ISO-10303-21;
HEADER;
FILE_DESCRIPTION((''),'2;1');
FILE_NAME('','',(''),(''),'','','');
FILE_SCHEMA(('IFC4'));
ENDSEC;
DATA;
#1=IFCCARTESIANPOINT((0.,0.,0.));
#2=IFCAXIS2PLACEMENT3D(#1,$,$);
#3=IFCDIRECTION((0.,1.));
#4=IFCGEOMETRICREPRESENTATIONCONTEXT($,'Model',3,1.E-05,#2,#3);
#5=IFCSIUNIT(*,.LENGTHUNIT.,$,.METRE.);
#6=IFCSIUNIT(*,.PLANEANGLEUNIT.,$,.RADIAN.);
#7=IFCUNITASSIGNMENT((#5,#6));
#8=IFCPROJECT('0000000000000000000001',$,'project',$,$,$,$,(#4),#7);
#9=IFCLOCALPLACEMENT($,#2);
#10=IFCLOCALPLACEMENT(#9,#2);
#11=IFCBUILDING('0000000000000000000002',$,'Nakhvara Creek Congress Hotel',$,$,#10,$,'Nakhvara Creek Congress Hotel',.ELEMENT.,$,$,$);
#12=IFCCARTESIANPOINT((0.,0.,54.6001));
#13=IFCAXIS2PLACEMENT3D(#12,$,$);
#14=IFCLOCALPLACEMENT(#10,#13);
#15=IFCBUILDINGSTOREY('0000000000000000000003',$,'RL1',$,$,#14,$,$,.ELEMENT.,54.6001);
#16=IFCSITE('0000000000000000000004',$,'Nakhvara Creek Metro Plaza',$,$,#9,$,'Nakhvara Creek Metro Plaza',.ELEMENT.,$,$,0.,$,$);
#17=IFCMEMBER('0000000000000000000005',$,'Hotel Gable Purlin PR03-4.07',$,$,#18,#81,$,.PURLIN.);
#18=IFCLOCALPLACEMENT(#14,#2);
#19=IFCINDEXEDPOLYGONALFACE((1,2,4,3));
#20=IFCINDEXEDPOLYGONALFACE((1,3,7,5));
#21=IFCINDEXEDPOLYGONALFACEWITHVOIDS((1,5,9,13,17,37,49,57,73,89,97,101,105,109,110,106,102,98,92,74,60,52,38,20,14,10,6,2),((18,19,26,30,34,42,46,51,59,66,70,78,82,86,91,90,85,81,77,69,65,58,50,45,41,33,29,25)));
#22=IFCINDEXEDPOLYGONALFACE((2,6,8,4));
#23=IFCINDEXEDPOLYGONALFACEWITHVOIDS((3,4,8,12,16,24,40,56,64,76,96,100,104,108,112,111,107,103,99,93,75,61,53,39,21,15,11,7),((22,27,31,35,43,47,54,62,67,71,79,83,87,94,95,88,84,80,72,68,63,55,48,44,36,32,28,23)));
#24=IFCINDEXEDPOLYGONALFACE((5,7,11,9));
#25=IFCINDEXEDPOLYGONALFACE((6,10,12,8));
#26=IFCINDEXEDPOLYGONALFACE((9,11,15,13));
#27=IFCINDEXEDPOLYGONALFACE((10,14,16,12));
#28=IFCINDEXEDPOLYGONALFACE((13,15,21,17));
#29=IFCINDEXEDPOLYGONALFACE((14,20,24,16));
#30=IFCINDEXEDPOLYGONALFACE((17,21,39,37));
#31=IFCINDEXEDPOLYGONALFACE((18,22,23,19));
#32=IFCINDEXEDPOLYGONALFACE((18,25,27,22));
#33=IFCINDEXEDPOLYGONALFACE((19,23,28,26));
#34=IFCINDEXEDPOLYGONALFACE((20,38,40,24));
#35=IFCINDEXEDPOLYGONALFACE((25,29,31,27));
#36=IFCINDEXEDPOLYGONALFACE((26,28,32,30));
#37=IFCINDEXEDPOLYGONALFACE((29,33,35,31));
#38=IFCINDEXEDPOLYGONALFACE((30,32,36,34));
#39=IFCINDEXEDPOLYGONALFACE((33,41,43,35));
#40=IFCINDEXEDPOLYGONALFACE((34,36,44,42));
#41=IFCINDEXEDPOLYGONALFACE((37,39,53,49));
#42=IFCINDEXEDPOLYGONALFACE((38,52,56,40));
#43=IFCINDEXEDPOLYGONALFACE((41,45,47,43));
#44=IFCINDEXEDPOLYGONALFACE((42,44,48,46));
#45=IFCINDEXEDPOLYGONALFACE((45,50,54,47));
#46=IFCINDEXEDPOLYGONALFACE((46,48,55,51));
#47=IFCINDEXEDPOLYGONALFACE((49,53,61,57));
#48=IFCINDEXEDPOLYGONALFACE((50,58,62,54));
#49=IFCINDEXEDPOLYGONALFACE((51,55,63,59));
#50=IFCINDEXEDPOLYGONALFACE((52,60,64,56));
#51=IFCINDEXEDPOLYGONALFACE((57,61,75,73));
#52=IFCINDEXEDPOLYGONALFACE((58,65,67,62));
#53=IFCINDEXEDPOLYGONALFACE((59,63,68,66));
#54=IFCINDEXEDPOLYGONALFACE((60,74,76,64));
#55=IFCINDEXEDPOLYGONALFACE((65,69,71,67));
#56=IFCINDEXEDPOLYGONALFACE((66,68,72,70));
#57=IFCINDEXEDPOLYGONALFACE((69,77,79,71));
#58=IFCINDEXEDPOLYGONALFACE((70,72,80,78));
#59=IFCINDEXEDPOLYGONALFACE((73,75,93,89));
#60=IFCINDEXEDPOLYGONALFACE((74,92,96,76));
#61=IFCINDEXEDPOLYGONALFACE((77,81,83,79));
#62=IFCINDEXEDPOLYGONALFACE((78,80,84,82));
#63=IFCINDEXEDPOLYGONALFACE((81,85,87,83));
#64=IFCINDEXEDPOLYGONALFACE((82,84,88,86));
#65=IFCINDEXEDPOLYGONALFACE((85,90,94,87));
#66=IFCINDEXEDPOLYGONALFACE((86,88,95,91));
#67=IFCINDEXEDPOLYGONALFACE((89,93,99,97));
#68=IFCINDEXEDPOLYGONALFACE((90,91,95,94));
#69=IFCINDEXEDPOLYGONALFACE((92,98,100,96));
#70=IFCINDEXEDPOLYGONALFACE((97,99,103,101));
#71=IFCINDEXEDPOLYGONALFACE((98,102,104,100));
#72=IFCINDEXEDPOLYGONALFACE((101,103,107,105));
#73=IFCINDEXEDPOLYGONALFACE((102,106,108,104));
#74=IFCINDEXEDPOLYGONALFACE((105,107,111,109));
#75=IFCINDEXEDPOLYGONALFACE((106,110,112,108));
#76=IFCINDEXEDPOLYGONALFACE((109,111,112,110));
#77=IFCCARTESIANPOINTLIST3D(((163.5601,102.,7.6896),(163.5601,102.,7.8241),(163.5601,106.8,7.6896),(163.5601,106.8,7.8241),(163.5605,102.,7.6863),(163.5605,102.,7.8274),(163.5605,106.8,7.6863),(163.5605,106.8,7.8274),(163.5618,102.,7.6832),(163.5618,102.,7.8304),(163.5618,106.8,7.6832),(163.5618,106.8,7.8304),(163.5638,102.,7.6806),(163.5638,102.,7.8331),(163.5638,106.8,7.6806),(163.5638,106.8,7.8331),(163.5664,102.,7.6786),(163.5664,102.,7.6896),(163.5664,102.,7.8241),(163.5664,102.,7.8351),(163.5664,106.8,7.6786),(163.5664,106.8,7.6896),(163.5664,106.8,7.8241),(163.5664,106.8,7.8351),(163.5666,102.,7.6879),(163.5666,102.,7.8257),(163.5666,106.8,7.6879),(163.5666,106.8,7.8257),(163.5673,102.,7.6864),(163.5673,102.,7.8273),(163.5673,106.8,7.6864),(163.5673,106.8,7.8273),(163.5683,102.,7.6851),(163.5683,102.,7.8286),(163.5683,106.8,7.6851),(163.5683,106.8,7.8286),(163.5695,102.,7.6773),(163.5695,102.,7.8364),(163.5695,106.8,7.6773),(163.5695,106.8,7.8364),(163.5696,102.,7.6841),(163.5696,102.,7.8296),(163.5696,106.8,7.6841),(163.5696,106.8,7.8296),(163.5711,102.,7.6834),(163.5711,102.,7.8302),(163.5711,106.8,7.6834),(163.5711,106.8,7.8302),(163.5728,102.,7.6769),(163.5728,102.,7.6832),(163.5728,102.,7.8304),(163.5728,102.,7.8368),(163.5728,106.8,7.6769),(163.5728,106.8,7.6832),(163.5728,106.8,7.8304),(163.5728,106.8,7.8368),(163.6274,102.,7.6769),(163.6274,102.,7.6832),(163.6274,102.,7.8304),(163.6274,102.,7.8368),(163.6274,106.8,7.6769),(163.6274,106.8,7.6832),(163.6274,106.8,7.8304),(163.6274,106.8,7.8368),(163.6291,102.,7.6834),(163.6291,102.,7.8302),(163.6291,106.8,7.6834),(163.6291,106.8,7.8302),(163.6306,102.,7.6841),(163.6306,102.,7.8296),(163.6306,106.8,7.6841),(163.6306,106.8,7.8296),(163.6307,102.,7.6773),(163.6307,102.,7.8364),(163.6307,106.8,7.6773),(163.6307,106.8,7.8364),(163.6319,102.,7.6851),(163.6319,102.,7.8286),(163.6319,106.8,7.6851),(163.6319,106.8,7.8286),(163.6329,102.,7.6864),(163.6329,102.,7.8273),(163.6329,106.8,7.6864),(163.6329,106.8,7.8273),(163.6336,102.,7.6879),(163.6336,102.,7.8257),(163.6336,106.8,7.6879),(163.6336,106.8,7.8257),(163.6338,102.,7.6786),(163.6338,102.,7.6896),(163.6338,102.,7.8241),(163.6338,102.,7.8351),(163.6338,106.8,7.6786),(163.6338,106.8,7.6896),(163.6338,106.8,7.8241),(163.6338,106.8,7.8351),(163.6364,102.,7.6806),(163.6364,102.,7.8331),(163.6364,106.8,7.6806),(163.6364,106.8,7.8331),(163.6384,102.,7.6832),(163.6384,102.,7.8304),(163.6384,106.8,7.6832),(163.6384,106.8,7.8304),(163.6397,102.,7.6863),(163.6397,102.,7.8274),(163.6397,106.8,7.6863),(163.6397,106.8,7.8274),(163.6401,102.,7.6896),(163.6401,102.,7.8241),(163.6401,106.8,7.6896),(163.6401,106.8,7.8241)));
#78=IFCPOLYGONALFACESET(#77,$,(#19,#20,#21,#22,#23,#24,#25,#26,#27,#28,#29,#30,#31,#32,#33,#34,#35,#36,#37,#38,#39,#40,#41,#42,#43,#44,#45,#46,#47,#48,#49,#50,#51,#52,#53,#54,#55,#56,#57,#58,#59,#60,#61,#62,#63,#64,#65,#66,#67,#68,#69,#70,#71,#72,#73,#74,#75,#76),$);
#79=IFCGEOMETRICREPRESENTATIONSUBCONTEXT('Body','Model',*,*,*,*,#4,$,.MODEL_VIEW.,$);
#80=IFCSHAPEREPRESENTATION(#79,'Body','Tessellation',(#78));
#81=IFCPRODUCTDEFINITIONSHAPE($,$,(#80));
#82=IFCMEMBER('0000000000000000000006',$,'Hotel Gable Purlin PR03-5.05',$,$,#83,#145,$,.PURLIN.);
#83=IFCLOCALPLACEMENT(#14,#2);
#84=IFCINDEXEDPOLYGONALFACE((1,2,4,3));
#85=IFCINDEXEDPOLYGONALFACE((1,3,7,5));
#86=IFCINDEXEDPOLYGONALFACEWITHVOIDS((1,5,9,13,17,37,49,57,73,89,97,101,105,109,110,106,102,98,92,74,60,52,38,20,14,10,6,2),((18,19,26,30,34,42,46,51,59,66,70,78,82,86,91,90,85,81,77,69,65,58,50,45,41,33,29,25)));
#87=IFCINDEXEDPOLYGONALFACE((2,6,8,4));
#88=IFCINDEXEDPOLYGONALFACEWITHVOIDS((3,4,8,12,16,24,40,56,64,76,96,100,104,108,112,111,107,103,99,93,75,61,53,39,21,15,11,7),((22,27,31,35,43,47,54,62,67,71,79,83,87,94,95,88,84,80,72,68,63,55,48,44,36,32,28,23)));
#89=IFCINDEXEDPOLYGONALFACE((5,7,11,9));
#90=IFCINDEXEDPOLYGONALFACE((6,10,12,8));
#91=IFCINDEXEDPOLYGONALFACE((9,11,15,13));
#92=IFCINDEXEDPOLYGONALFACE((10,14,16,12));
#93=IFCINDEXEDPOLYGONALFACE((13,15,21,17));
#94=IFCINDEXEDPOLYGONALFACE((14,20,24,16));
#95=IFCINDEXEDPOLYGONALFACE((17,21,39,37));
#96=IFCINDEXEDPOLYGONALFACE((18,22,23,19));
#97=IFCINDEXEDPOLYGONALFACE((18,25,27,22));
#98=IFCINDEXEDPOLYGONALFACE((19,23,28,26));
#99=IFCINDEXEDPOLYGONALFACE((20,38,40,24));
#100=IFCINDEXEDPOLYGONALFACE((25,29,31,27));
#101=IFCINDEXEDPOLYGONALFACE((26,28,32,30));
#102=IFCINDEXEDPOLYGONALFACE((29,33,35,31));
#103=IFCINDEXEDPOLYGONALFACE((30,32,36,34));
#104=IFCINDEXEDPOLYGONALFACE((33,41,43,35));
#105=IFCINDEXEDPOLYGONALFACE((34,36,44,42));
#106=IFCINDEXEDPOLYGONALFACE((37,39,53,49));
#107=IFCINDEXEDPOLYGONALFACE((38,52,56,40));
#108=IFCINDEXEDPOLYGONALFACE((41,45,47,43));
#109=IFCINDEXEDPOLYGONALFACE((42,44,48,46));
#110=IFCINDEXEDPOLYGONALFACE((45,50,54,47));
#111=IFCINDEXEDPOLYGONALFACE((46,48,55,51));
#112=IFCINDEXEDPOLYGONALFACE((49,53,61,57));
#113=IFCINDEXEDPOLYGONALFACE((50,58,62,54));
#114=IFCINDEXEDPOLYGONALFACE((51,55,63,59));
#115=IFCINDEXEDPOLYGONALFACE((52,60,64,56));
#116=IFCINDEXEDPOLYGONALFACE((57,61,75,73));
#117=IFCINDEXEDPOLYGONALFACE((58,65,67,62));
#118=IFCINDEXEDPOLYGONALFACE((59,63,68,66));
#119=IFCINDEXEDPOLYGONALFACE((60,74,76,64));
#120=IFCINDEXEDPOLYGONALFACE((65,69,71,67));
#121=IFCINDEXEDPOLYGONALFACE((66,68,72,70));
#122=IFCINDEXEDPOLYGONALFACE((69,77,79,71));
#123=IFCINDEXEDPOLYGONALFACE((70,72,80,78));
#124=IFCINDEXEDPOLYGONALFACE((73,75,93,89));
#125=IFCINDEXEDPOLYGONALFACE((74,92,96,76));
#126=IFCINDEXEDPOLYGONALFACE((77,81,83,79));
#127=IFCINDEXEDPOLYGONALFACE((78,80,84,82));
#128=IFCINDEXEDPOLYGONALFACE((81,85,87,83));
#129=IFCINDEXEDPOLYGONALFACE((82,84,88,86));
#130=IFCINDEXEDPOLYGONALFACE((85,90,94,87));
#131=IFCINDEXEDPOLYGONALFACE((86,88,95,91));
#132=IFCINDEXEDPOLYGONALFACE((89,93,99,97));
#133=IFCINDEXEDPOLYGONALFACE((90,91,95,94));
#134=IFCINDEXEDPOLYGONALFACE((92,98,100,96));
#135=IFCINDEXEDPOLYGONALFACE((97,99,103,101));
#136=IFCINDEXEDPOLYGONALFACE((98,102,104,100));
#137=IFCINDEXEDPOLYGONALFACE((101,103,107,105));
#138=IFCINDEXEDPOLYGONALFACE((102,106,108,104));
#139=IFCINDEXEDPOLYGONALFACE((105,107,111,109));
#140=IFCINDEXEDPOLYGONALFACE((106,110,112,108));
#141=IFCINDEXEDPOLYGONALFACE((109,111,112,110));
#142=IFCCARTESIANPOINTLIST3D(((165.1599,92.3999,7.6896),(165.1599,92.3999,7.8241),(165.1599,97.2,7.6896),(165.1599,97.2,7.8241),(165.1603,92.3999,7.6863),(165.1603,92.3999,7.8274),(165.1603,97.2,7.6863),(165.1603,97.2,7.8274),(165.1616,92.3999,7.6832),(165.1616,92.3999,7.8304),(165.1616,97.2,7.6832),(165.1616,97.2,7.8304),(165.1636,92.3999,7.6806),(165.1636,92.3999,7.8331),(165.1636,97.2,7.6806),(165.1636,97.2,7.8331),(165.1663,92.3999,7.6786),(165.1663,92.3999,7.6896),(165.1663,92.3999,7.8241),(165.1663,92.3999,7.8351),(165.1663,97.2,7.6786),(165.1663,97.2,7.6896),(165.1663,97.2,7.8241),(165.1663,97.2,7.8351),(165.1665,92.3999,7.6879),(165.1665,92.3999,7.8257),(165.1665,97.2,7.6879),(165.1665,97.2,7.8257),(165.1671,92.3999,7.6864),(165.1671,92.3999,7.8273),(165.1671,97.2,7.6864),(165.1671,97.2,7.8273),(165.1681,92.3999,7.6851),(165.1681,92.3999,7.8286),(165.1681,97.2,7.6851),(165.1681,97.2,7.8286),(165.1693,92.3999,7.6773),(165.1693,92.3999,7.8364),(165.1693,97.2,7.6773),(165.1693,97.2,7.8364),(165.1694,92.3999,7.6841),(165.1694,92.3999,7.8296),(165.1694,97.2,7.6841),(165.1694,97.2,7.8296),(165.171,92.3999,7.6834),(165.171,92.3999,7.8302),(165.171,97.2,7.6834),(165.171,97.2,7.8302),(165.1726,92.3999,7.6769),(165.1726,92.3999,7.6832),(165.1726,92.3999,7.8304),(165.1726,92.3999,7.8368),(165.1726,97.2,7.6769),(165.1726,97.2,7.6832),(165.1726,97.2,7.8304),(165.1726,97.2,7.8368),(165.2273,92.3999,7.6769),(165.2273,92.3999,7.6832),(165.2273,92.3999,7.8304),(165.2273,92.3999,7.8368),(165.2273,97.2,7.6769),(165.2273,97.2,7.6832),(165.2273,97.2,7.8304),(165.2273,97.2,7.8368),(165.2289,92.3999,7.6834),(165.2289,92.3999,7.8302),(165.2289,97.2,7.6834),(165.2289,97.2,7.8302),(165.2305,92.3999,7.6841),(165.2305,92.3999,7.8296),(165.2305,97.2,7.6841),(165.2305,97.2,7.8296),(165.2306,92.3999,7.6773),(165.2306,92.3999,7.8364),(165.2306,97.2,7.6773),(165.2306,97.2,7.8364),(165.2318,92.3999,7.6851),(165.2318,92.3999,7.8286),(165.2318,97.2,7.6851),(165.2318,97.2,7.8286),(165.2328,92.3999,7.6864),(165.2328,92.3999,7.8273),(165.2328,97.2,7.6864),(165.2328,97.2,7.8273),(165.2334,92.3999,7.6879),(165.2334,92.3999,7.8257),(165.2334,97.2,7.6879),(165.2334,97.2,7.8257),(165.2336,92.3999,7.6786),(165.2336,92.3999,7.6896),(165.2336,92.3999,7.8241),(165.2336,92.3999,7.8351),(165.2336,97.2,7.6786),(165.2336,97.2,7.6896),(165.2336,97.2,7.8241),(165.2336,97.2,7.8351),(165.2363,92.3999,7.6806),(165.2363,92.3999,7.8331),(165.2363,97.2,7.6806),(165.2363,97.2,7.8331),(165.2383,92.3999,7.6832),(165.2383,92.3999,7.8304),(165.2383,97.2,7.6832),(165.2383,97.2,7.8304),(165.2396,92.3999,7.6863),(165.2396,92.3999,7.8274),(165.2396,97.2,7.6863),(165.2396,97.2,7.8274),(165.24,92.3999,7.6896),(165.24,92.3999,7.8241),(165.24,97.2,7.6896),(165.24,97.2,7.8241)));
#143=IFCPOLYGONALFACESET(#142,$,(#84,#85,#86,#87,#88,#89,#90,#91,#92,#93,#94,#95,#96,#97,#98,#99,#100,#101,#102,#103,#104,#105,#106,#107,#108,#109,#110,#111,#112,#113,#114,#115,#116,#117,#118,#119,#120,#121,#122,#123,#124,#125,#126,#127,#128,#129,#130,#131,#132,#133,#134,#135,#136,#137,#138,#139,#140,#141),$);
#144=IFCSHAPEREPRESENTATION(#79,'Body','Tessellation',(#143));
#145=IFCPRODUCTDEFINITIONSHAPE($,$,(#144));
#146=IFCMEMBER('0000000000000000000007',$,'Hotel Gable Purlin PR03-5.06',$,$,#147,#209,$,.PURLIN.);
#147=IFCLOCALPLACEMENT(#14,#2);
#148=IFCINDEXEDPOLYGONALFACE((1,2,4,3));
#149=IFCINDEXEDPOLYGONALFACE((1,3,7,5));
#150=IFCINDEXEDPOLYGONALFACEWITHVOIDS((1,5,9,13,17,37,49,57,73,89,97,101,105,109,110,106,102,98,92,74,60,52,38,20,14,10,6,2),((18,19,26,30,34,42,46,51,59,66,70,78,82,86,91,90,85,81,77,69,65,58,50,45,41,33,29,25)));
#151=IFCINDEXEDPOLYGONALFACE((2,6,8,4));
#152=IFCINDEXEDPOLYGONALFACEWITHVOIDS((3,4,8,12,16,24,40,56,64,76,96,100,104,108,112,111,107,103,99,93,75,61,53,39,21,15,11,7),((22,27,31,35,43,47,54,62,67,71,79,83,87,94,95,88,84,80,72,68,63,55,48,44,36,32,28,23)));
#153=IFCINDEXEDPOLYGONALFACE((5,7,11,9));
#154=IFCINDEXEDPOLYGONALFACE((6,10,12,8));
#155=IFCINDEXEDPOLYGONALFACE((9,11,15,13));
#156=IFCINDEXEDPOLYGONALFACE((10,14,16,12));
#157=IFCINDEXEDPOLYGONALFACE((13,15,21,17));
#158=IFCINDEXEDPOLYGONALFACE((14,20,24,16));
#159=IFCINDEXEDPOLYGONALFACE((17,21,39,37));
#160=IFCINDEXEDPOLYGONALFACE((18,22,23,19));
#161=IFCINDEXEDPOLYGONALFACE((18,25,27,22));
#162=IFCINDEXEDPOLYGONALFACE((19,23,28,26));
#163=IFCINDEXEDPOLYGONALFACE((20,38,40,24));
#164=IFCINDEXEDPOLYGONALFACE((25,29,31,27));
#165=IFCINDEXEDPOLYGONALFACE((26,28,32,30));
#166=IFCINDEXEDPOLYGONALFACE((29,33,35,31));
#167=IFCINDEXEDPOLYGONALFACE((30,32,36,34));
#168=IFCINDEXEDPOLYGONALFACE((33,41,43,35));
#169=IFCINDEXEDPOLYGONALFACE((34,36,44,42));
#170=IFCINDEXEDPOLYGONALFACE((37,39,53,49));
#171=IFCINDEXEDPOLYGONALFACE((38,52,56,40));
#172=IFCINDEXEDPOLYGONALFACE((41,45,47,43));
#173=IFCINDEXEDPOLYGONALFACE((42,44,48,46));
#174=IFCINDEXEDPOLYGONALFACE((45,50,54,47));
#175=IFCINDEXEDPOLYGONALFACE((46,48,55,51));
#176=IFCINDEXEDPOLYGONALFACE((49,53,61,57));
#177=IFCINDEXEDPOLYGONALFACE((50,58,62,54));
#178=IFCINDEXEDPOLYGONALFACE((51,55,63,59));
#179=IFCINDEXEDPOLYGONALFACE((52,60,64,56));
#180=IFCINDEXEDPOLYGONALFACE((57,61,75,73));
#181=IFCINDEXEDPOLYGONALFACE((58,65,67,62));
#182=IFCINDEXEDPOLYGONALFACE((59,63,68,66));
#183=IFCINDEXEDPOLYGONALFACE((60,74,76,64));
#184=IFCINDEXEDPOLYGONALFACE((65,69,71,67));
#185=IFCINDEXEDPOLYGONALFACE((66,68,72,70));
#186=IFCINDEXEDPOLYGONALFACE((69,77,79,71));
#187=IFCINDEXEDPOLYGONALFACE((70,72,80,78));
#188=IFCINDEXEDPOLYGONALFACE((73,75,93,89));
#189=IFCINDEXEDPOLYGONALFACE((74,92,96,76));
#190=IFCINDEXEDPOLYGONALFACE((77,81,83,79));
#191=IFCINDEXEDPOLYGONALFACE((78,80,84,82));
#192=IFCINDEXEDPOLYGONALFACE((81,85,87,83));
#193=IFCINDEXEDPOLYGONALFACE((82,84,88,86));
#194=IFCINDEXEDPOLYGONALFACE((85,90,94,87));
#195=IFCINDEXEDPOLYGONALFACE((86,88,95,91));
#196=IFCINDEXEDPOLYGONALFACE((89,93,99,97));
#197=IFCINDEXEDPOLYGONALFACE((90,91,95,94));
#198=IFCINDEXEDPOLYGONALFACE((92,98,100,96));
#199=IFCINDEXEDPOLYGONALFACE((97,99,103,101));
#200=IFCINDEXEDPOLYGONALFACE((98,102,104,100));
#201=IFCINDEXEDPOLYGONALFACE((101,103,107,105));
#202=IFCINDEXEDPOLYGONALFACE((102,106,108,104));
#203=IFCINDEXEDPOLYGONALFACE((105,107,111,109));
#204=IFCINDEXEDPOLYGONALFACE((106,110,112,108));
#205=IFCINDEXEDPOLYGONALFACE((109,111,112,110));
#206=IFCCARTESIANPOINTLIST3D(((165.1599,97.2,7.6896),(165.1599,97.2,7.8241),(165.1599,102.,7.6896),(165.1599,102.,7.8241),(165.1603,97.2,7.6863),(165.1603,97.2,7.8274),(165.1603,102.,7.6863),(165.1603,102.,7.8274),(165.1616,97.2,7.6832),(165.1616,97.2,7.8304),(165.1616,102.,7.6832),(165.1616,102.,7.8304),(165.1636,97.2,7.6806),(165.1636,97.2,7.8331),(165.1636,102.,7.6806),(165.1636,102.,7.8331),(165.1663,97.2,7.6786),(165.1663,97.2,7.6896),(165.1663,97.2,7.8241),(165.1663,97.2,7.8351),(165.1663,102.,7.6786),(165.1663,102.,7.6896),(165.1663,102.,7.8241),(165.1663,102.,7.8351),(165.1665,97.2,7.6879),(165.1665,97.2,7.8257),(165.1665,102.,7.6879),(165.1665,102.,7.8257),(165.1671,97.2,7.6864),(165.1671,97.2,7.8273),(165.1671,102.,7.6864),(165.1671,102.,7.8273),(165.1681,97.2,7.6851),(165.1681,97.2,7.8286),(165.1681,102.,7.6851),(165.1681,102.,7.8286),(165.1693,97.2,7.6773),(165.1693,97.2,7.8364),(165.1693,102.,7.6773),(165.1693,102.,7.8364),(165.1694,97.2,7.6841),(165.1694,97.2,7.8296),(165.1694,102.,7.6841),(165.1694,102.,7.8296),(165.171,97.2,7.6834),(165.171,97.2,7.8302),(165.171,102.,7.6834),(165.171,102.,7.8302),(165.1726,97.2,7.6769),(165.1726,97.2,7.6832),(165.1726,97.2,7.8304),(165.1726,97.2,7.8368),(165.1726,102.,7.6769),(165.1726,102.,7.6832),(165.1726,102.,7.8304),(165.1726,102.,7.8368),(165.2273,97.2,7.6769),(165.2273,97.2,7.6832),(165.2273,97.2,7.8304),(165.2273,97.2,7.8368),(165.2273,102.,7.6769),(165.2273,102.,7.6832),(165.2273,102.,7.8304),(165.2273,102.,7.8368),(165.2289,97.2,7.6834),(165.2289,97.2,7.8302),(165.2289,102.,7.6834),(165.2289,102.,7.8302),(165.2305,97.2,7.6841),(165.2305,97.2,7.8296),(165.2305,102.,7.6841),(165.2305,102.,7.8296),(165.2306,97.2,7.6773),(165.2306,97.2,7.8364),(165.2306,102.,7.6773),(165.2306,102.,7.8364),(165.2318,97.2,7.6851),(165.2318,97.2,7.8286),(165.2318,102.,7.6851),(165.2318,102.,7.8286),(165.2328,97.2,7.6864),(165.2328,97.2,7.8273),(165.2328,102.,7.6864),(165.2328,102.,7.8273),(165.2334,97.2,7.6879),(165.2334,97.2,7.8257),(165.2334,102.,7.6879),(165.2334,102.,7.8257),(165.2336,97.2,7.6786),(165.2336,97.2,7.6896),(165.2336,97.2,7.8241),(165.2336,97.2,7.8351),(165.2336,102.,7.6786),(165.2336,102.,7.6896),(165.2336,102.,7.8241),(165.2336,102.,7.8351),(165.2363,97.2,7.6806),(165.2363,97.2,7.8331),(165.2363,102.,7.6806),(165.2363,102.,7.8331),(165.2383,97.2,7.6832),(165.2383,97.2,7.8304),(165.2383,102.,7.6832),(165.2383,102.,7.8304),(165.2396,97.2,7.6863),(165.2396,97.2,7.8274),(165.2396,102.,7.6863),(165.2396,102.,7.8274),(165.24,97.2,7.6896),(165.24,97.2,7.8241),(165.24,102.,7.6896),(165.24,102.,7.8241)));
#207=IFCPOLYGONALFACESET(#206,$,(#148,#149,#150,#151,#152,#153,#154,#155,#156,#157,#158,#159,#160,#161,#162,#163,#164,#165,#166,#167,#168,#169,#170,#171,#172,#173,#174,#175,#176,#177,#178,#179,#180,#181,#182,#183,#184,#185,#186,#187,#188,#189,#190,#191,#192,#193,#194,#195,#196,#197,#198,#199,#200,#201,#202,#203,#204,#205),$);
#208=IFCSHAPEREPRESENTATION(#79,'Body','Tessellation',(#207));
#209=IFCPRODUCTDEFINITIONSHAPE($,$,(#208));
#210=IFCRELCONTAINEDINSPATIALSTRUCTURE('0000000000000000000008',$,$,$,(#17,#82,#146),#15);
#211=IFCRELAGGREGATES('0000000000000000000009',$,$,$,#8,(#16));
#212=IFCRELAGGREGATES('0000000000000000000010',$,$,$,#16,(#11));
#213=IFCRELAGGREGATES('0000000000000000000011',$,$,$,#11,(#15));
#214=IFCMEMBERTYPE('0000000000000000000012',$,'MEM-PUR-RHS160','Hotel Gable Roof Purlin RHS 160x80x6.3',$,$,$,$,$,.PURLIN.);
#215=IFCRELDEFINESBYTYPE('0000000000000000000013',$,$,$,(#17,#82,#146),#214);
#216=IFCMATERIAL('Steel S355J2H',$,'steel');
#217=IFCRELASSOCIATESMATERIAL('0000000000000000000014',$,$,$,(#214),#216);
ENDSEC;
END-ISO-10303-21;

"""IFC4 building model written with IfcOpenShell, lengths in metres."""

from ifc_helpers import new_model, si_unit, direction, frame, origin, origin_2d, place, context, subcontext, project, spatial, hollow_rectangle, extrude, material, material_profile, profile_set, type_object, element, save


model = new_model("IFC4")

# Units and contexts
model_context = context("Model", 3, precision=1e-05, world=origin(), true_north=direction((0.0, 1.0)))
body_context = subcontext(model_context, "Body", "Model", "MODEL_VIEW")
ifc_project = project(units=[si_unit("LENGTHUNIT", "METRE"), si_unit("PLANEANGLEUNIT", "RADIAN")], contexts=[model_context])

# Site, building, storey
site_placement = place(None, origin())
site = spatial("IfcSite", under=ifc_project, at=site_placement, Name="Nakhvara Creek Metro Plaza", LongName="Nakhvara Creek Metro Plaza", CompositionType="ELEMENT", RefElevation=0.0)
building_placement = place(site_placement, origin())
building = spatial("IfcBuilding", under=site, at=building_placement, Name="Nakhvara Creek Congress Hotel", LongName="Nakhvara Creek Congress Hotel", CompositionType="ELEMENT")
storey_placement = place(building_placement, frame((0.0, 0.0, 54.6001)))
storey = spatial("IfcBuildingStorey", under=building, at=storey_placement, Name="RL1", CompositionType="ELEMENT", Elevation=54.6001)

# Members
ifc_material_1 = material(Name="Steel S355J2H", Category="steel")
ifc_material_profile_1 = material_profile(ifc_material_1, hollow_rectangle(XDim=0.0801, YDim=0.1599, WallThickness=0.0063, InnerFilletRadius=0.0063, OuterFilletRadius=0.0127, at=origin_2d()), Name="RHS 160x80x6.3", Category="LoadBearing")
ifc_profile_set_1 = profile_set([ifc_material_profile_1], Name="Steel S355J2H")
member_type_1 = type_object("IfcMemberType", Name="MEM-PUR-RHS160", Description="Hotel Gable Roof Purlin RHS 160x80x6.3", PredefinedType="PURLIN", material=ifc_profile_set_1)
for number, where, z_axis, x_axis, name in (
    (1, (163.6001, 102.0, 7.7568), (0.0, 1.0, 0.0), (-1.0, 0.0, 0.0), "Hotel Gable Purlin PR03-4.07"),
    (2, (165.2, 92.3999, 7.7568), (0.0, 1.0, 0.0), (-1.0, 0.0, 0.0), "Hotel Gable Purlin PR03-5.05"),
    (3, (165.2, 97.2, 7.7568), (0.0, 1.0, 0.0), (-1.0, 0.0, 0.0), "Hotel Gable Purlin PR03-5.06"),
):
    element("IfcMember", number, at=place(storey_placement, frame(where, z_axis=z_axis, x_axis=x_axis)), inside=storey, type_object=member_type_1, Name=name, PredefinedType="PURLIN", context=body_context, shape_type="SweptSolid", body=[
        extrude(hollow_rectangle(XDim=0.0801, YDim=0.1599, WallThickness=0.0063, InnerFilletRadius=0.0063, OuterFilletRadius=0.0127, at=origin_2d()), origin(), (0.0, 0.0, 1.0), 4.8),
    ])

save(model, "model.ifc")
